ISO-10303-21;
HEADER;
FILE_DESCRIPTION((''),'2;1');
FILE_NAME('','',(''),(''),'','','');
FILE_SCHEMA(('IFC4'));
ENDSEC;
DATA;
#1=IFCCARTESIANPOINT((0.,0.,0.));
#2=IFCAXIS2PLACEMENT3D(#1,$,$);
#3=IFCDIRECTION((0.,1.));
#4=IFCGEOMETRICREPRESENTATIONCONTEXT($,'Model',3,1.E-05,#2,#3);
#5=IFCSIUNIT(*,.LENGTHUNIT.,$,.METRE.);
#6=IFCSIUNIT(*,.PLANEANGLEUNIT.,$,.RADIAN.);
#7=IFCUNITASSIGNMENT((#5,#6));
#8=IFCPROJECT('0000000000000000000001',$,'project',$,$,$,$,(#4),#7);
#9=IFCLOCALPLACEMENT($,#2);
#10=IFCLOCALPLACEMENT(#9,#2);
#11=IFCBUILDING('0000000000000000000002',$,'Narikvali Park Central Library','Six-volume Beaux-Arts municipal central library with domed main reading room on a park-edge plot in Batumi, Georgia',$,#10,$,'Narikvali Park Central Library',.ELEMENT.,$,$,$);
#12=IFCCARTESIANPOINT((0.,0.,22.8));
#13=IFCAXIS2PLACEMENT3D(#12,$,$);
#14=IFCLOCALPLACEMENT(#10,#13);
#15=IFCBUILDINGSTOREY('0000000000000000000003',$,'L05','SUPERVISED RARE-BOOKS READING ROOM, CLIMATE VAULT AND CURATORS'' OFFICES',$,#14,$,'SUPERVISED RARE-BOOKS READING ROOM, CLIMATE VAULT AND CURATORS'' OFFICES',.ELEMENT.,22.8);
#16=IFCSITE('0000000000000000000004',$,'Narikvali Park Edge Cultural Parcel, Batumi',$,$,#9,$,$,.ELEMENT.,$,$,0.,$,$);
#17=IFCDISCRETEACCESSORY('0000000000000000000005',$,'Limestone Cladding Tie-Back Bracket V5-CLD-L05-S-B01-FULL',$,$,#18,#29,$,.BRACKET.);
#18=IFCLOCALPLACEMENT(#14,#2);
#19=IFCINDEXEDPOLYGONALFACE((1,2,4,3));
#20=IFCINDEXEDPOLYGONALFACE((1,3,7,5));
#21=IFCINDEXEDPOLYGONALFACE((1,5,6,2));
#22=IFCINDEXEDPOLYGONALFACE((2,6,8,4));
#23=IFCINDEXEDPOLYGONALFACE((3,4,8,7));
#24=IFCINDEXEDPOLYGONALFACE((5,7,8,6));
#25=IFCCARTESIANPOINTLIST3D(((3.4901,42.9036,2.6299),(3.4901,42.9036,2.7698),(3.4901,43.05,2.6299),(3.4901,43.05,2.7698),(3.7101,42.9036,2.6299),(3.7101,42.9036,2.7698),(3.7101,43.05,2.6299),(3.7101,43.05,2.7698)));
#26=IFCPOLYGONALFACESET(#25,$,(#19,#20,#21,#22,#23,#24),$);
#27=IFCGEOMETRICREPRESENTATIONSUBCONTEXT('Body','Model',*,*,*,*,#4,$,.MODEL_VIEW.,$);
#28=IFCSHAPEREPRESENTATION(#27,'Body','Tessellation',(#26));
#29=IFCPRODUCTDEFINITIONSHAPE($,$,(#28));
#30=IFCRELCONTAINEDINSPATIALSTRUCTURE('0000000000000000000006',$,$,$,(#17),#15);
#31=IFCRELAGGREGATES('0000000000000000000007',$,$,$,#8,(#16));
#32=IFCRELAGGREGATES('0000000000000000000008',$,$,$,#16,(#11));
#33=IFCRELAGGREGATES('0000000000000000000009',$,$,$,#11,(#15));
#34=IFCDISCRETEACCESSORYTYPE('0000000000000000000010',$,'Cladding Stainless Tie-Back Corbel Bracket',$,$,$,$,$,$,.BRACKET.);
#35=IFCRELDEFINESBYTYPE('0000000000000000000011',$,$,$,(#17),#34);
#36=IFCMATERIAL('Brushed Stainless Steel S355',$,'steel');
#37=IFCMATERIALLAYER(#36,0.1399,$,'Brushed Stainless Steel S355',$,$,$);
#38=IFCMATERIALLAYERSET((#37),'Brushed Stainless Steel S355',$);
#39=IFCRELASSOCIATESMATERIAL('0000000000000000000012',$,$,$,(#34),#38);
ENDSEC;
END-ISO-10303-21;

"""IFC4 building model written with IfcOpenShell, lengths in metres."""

from ifc_helpers import new_model, si_unit, direction, frame, origin, origin_2d, place, context, subcontext, project, spatial, rectangle, extrude, material, layer, layer_set, type_object, element, save


model = new_model("IFC4")

# Units and contexts
model_context = context("Model", 3, precision=1e-05, world=origin(), true_north=direction((0.0, 1.0)))
body_context = subcontext(model_context, "Body", "Model", "MODEL_VIEW")
ifc_project = project(units=[si_unit("LENGTHUNIT", "METRE"), si_unit("PLANEANGLEUNIT", "RADIAN")], contexts=[model_context])

# Site, building, storey
site_placement = place(None, origin())
site = spatial("IfcSite", under=ifc_project, at=site_placement, Name="Narikvali Park Edge Cultural Parcel, Batumi", CompositionType="ELEMENT", RefElevation=0.0)
building_placement = place(site_placement, origin())
building = spatial("IfcBuilding", under=site, at=building_placement, Name="Narikvali Park Central Library", Description="Six-volume Beaux-Arts municipal central library with domed main reading room on a park-edge plot in Batumi, Georgia", LongName="Narikvali Park Central Library", CompositionType="ELEMENT")
storey_placement = place(building_placement, frame((0.0, 0.0, 22.8)))
storey = spatial("IfcBuildingStorey", under=building, at=storey_placement, Name="L05", Description="SUPERVISED RARE-BOOKS READING ROOM, CLIMATE VAULT AND CURATORS' OFFICES", LongName="SUPERVISED RARE-BOOKS READING ROOM, CLIMATE VAULT AND CURATORS' OFFICES", CompositionType="ELEMENT", Elevation=22.8)

# Discrete accessory
ifc_material_1 = material(Name="Brushed Stainless Steel S355", Category="steel")
ifc_layer_1 = layer(ifc_material_1, 0.1399, Name="Brushed Stainless Steel S355")
ifc_layer_set_1 = layer_set([ifc_layer_1], Name="Brushed Stainless Steel S355")
discrete_accessory_type = type_object("IfcDiscreteAccessoryType", Name="Cladding Stainless Tie-Back Corbel Bracket", PredefinedType="BRACKET", material=ifc_layer_set_1)
discrete_accessory_placement = place(storey_placement, frame((3.6001, 42.9768, 2.6299), z_axis=(0.0, 0.0, 1.0), x_axis=(1.0, 0.0, 0.0)))
element("IfcDiscreteAccessory", 1, at=discrete_accessory_placement, inside=storey, type_object=discrete_accessory_type, Name="Limestone Cladding Tie-Back Bracket V5-CLD-L05-S-B01-FULL", PredefinedType="BRACKET", context=body_context, shape_type="SweptSolid", body=[
    extrude(rectangle(XDim=0.22, YDim=0.1465, at=origin_2d()), origin(), (0.0, 0.0, 1.0), 0.1399),
])

save(model, "model.ifc")
